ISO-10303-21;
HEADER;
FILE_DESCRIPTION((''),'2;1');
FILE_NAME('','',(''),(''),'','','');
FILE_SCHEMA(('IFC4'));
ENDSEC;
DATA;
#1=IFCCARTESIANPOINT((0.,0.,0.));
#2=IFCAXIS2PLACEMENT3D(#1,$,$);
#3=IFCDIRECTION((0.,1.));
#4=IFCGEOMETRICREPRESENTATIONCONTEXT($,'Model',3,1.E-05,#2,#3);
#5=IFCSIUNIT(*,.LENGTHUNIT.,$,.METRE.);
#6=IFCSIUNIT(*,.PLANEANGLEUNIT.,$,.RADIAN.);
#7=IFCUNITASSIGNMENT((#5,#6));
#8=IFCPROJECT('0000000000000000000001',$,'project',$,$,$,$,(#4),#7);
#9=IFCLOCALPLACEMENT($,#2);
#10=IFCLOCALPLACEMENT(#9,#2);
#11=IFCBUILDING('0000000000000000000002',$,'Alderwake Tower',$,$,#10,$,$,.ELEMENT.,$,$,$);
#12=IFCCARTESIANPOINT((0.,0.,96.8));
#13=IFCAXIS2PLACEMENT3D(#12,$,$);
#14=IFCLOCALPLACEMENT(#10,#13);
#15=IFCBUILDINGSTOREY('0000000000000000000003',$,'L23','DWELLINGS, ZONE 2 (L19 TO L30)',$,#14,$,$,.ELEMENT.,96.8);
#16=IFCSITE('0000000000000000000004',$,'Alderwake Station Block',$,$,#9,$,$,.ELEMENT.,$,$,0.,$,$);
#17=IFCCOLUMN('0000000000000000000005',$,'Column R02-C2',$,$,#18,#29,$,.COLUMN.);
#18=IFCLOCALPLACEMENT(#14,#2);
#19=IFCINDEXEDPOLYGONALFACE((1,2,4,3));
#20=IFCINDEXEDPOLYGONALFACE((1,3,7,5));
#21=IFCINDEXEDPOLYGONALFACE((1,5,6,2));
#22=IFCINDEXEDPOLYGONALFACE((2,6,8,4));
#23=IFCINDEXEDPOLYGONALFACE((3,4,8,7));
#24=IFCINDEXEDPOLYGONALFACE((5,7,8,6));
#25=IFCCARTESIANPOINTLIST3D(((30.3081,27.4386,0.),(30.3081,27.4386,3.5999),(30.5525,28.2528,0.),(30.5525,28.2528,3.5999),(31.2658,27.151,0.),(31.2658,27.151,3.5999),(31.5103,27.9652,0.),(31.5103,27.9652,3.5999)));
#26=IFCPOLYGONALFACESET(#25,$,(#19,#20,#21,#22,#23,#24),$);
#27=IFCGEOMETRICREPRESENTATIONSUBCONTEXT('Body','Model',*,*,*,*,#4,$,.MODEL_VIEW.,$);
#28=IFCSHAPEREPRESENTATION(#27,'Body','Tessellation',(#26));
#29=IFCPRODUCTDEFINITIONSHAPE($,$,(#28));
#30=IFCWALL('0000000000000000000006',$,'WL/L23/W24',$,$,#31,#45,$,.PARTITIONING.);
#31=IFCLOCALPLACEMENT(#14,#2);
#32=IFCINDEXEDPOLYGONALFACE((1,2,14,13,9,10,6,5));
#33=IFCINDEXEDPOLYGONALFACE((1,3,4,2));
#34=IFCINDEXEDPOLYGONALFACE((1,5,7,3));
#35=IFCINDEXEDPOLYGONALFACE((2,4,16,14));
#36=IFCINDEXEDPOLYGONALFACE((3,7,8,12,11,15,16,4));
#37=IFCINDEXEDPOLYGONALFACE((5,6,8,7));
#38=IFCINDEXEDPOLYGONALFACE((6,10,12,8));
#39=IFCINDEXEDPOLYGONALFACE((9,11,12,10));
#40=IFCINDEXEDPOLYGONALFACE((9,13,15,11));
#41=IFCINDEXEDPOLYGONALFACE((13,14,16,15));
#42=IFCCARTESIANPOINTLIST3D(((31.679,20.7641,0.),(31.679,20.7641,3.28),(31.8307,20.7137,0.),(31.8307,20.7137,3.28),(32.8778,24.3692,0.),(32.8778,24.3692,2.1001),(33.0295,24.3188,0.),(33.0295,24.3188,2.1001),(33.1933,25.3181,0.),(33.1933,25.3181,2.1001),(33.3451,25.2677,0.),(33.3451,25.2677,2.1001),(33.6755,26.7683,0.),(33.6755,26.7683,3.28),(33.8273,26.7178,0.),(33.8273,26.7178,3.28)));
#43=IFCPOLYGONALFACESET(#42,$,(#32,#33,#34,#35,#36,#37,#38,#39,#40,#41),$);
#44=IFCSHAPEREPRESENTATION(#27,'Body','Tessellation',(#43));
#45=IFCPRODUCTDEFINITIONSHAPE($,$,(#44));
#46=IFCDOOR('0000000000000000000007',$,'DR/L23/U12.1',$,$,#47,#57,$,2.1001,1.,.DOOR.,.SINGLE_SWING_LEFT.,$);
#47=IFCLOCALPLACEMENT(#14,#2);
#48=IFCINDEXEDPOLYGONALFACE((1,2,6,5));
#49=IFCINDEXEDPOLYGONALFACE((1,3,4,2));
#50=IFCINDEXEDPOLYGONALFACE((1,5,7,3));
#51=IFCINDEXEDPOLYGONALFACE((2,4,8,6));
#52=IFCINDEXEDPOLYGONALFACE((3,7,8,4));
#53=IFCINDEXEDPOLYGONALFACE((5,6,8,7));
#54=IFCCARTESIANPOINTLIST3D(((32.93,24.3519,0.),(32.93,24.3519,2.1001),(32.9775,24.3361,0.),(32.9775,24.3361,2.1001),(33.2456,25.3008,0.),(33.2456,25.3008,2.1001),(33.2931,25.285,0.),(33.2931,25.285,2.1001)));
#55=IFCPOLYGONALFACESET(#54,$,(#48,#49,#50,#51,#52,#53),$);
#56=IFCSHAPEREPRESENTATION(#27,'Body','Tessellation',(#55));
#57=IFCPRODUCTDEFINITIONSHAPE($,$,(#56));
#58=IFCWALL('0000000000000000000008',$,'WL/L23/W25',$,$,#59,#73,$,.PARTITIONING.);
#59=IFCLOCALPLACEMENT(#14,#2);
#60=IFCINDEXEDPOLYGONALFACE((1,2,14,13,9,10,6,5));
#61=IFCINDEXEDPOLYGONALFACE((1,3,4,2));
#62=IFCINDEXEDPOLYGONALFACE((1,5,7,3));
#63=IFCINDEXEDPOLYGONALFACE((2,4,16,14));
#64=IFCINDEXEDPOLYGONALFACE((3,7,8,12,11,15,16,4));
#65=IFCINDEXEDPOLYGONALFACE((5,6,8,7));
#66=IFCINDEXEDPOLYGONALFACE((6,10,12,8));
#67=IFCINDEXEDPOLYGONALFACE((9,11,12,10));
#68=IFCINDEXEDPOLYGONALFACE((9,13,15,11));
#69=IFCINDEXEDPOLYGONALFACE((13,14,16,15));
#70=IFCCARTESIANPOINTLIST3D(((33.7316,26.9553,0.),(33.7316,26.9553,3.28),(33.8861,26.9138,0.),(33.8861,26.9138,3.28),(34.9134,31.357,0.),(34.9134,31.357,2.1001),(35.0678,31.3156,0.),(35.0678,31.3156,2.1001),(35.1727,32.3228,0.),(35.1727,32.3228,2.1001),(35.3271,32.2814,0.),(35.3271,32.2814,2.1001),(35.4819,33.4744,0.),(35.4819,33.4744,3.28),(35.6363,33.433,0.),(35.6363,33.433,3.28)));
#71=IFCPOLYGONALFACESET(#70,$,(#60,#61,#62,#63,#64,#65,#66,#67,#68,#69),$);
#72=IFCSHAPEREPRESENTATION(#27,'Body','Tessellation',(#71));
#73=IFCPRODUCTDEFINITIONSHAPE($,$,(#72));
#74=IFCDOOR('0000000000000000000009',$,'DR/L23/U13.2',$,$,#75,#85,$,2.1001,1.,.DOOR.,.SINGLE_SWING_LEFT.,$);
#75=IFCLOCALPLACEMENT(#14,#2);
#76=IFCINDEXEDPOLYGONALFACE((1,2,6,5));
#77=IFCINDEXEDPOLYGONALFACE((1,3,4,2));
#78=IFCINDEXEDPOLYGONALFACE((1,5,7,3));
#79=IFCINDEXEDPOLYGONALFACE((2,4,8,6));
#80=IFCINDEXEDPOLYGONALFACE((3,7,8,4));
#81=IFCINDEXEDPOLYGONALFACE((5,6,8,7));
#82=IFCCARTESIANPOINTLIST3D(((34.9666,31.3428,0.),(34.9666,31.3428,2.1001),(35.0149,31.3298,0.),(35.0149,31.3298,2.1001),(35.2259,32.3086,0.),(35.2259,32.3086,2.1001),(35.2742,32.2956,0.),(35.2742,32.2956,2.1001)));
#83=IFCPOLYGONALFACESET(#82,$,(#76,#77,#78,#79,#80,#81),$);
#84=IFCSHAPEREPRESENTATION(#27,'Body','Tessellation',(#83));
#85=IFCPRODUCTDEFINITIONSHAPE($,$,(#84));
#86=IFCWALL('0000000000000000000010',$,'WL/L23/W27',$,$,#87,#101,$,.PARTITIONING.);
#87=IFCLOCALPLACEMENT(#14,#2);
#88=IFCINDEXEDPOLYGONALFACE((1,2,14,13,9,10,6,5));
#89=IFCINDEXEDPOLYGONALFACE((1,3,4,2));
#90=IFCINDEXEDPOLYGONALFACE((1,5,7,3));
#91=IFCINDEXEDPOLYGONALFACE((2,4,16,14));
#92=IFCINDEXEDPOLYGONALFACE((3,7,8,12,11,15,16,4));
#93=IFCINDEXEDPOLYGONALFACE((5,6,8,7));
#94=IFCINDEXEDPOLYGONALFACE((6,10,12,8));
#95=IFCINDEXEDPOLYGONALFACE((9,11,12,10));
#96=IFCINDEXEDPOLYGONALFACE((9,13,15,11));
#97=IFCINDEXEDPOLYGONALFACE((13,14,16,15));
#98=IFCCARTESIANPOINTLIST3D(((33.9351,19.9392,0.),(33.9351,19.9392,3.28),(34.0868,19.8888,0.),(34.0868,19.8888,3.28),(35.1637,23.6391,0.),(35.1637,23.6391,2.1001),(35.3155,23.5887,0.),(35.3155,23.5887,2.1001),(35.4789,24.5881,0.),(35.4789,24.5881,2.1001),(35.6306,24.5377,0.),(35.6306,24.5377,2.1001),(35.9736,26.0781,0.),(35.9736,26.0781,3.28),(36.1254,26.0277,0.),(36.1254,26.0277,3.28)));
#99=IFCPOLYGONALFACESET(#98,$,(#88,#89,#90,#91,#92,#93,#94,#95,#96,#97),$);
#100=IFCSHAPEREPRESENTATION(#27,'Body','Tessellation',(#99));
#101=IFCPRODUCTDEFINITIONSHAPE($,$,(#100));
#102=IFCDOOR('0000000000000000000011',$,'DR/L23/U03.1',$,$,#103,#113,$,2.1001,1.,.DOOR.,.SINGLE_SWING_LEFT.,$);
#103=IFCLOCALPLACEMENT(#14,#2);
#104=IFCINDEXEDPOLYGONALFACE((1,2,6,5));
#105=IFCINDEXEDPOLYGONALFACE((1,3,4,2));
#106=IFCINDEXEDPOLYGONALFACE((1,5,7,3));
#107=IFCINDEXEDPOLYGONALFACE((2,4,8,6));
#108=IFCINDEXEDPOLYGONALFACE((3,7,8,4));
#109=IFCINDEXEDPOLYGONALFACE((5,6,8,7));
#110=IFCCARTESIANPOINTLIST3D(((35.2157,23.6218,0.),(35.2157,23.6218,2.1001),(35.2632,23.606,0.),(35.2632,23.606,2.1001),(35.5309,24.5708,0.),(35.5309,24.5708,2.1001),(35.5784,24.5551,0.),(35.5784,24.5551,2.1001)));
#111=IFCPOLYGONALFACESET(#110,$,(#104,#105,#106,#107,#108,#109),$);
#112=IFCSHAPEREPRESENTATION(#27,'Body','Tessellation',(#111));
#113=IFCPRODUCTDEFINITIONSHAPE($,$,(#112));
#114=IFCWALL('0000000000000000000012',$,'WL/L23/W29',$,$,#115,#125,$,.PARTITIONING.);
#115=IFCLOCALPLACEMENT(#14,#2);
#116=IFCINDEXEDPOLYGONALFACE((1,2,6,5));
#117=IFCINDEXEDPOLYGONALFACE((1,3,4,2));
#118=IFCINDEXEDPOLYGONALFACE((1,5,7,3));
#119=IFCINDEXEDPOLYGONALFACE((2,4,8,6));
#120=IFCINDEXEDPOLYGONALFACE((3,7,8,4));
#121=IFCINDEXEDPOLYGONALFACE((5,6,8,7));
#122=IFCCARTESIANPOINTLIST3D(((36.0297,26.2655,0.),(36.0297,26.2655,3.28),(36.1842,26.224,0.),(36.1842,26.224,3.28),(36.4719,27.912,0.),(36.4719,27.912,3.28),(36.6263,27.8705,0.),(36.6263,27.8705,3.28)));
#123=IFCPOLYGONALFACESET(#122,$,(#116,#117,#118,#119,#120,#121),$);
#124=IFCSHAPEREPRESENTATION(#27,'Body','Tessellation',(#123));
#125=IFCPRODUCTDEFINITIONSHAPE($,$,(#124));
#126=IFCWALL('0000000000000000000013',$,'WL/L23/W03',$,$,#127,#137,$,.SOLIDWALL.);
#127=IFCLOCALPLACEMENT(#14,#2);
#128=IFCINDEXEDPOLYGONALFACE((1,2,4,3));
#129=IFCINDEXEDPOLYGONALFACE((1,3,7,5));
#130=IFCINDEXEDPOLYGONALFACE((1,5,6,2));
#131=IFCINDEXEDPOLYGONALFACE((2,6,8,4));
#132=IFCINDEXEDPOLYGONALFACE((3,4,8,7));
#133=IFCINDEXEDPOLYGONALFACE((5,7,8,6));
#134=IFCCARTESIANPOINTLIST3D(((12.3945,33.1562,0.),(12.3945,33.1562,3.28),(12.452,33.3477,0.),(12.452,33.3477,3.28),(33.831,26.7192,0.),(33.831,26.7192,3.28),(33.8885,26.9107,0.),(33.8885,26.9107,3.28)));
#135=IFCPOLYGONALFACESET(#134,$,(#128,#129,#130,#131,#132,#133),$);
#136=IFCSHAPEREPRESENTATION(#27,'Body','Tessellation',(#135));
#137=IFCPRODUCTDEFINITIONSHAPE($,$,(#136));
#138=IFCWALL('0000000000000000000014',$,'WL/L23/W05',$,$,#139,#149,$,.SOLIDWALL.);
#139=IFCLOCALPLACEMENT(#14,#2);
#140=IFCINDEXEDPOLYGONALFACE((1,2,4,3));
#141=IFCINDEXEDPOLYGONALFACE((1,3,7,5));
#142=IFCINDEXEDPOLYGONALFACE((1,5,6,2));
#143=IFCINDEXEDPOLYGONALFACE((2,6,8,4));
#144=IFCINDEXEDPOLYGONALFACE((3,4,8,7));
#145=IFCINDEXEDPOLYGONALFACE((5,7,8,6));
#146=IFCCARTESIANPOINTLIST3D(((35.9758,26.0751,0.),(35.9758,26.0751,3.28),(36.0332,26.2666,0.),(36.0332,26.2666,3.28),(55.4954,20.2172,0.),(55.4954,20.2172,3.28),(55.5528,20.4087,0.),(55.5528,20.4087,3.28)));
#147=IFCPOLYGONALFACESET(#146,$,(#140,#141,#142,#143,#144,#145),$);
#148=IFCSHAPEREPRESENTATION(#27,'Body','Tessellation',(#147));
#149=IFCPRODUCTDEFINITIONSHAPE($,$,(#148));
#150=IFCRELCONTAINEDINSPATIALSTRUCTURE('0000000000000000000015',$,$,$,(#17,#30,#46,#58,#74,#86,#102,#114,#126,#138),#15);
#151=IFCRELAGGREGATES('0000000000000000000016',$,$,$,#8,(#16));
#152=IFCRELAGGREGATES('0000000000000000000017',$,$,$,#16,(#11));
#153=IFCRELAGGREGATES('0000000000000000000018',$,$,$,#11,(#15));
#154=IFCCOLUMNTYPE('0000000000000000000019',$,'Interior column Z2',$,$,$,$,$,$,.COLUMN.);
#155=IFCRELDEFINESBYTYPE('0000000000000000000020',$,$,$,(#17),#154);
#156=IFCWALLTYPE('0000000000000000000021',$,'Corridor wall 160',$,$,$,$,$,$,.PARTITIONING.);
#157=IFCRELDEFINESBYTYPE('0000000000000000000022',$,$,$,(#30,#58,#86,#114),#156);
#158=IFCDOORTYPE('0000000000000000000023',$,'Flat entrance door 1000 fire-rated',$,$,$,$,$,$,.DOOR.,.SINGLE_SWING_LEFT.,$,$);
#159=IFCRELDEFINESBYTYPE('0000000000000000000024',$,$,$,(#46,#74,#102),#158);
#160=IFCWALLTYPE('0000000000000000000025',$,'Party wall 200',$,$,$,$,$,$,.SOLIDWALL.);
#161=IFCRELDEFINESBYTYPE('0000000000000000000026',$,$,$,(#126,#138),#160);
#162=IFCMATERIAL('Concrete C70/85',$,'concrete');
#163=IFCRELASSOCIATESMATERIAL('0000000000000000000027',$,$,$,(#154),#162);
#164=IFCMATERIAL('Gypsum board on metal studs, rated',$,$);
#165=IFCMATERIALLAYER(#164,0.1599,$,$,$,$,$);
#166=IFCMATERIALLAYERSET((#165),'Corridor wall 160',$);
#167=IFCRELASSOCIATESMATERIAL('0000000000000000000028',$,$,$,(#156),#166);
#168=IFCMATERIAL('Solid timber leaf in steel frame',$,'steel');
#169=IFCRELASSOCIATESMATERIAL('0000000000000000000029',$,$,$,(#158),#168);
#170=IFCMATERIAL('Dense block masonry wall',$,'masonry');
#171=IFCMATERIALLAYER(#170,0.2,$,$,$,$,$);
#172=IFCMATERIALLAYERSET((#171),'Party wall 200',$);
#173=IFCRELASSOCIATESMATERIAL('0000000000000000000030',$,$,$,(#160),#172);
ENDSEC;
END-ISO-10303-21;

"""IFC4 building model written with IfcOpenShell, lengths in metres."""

from ifc_helpers import new_model, si_unit, direction, frame, frame_2d, origin, origin_2d, place, context, subcontext, project, spatial, rectangle, extrude, material, layer, layer_set, material_profile, profile_set, type_object, element, fill, save


model = new_model("IFC4")

# Units and contexts
model_context = context("Model", 3, precision=1e-05, world=origin(), true_north=direction((0.0, 1.0)))
body_context = subcontext(model_context, "Body", "Model", "MODEL_VIEW")
ifc_project = project(units=[si_unit("LENGTHUNIT", "METRE"), si_unit("PLANEANGLEUNIT", "RADIAN")], contexts=[model_context])

# Site, building, storey
site_placement = place(None, origin())
site = spatial("IfcSite", under=ifc_project, at=site_placement, Name="Alderwake Station Block", CompositionType="ELEMENT", RefElevation=0.0)
building_placement = place(site_placement, origin())
building = spatial("IfcBuilding", under=site, at=building_placement, Name="Alderwake Tower", CompositionType="ELEMENT")
storey_placement = place(building_placement, frame((0.0, 0.0, 96.8)))
storey = spatial("IfcBuildingStorey", under=building, at=storey_placement, Name="L23", Description="DWELLINGS, ZONE 2 (L19 TO L30)", CompositionType="ELEMENT", Elevation=96.8)

# Column
ifc_material_1 = material(Name="Concrete C70/85", Category="concrete")
ifc_material_profile = material_profile(ifc_material_1, rectangle(XDim=0.8501, YDim=1.0, at=origin_2d()), Name="RC 1000X850")
ifc_profile_set = profile_set([ifc_material_profile], Name="Concrete C70/85")
column_type = type_object("IfcColumnType", Name="Interior column Z2", PredefinedType="COLUMN", material=ifc_profile_set)
column_placement = place(storey_placement, frame((30.9092, 27.7019, 0.0), z_axis=(0.0, 0.0, 1.0), x_axis=(0.287549, 0.957766, 0.0)))
element("IfcColumn", 1, at=column_placement, inside=storey, type_object=column_type, Name="Column R02-C2", PredefinedType="COLUMN", context=body_context, shape_type="SweptSolid", body=[
    extrude(rectangle(XDim=0.8501, YDim=1.0, at=origin_2d()), origin(), (0.0, 0.0, 1.0), 3.5999),
])

# Walls, openings, doors
ifc_material_2 = material(Name="Gypsum board on metal studs, rated")
ifc_layer_1 = layer(ifc_material_2, 0.1599)
ifc_layer_set_1 = layer_set([ifc_layer_1], Name="Corridor wall 160")
wall_type_1 = type_object("IfcWallType", Name="Corridor wall 160", PredefinedType="PARTITIONING", material=ifc_layer_set_1)
wall_1_placement = place(storey_placement, frame((31.7549, 20.739, 0.0), z_axis=(0.0, 0.0, 1.0), x_axis=(0.315545, 0.948911, 0.0)))
wall_1 = element("IfcWall", 2, at=wall_1_placement, inside=storey, type_object=wall_type_1, Name="WL/L23/W24", PredefinedType="PARTITIONING", context=body_context, shape_type="SweptSolid", body=[
    extrude(rectangle(XDim=6.3274, YDim=0.1599, at=frame_2d((3.1636, 0.0))), origin(), (0.0, 0.0, 1.0), 3.28),
])
opening_1_placement = place(wall_1_placement, frame((3.7991, 0.0, 0.0)))
opening_1 = element("IfcOpeningElement", 3, at=opening_1_placement, cuts=wall_1, PredefinedType="OPENING", context=body_context, shape_type="SweptSolid", body=[
    extrude(rectangle(XDim=1.0, YDim=2.1001, at=frame_2d((0.5, 1.05))), frame((0.0, 0.0898, 0.0), z_axis=(0.0, -1.0, 0.0), x_axis=(1.0, 0.0, 0.0)), (0.0, 0.0, 1.0), 0.1799),
])
ifc_material_3 = material(Name="Solid timber leaf in steel frame", Category="steel")
door_type_1 = type_object("IfcDoorType", Name="Flat entrance door 1000 fire-rated", OperationType="SINGLE_SWING_LEFT", PredefinedType="DOOR", material=ifc_material_3)
door_1_placement = place(opening_1_placement, origin())
door_1 = element("IfcDoor", 4, at=door_1_placement, inside=storey, type_object=door_type_1, Name="DR/L23/U12.1", OperationType="SINGLE_SWING_LEFT", OverallHeight=2.1001, OverallWidth=1.0, PredefinedType="DOOR", context=body_context, shape_type="SweptSolid", body=[
    extrude(rectangle(XDim=1.0, YDim=2.1001, at=frame_2d((0.5, 1.05))), frame((0.0, 0.0249, 0.0), z_axis=(0.0, -1.0, 0.0), x_axis=(1.0, 0.0, 0.0)), (0.0, 0.0, 1.0), 0.05),
])
fill(opening_1, door_1)
wall_2_placement = place(storey_placement, frame((33.8088, 26.9346, 0.0), z_axis=(0.0, 0.0, 1.0), x_axis=(0.259299, 0.965797, 0.0)))
wall_2 = element("IfcWall", 5, at=wall_2_placement, inside=storey, type_object=wall_type_1, Name="WL/L23/W25", PredefinedType="PARTITIONING", context=body_context, shape_type="SweptSolid", body=[
    extrude(rectangle(XDim=6.75, YDim=0.1599, at=frame_2d((3.375, 0.0))), origin(), (0.0, 0.0, 1.0), 3.28),
])
opening_2_placement = place(wall_2_placement, frame((4.5576, 0.0, 0.0)))
opening_2 = element("IfcOpeningElement", 6, at=opening_2_placement, cuts=wall_2, PredefinedType="OPENING", context=body_context, shape_type="SweptSolid", body=[
    extrude(rectangle(XDim=1.0, YDim=2.1001, at=frame_2d((0.5, 1.05))), frame((0.0, 0.0898, 0.0), z_axis=(0.0, -1.0, 0.0), x_axis=(1.0, 0.0, 0.0)), (0.0, 0.0, 1.0), 0.1799),
])
door_2_placement = place(opening_2_placement, origin())
door_2 = element("IfcDoor", 7, at=door_2_placement, inside=storey, type_object=door_type_1, Name="DR/L23/U13.2", OperationType="SINGLE_SWING_LEFT", OverallHeight=2.1001, OverallWidth=1.0, PredefinedType="DOOR", context=body_context, shape_type="SweptSolid", body=[
    extrude(rectangle(XDim=1.0, YDim=2.1001, at=frame_2d((0.5, 1.05))), frame((0.0, 0.0249, 0.0), z_axis=(0.0, -1.0, 0.0), x_axis=(1.0, 0.0, 0.0)), (0.0, 0.0, 1.0), 0.05),
])
fill(opening_2, door_2)
wall_3_placement = place(storey_placement, frame((36.0496, 26.053, 0.0), z_axis=(0.0, 0.0, 1.0), x_axis=(-0.315152, -0.949041, 0.0)))
wall_3 = element("IfcWall", 8, at=wall_3_placement, inside=storey, type_object=wall_type_1, Name="WL/L23/W27", PredefinedType="PARTITIONING", context=body_context, shape_type="SweptSolid", body=[
    extrude(rectangle(XDim=6.4685, YDim=0.1599, at=frame_2d((3.2344, 0.0))), origin(), (0.0, 0.0, 1.0), 3.28),
])
opening_3_placement = place(wall_3_placement, frame((1.5701, 0.0, 0.0)))
opening_3 = element("IfcOpeningElement", 9, at=opening_3_placement, cuts=wall_3, PredefinedType="OPENING", context=body_context, shape_type="SweptSolid", body=[
    extrude(rectangle(XDim=1.0, YDim=2.1001, at=frame_2d((0.5, 1.05))), frame((0.0, 0.0898, 0.0), z_axis=(0.0, -1.0, 0.0), x_axis=(1.0, 0.0, 0.0)), (0.0, 0.0, 1.0), 0.1799),
])
door_3_placement = place(opening_3_placement, origin())
door_3 = element("IfcDoor", 10, at=door_3_placement, inside=storey, type_object=door_type_1, Name="DR/L23/U03.1", OperationType="SINGLE_SWING_LEFT", OverallHeight=2.1001, OverallWidth=1.0, PredefinedType="DOOR", context=body_context, shape_type="SweptSolid", body=[
    extrude(rectangle(XDim=1.0, YDim=2.1001, at=frame_2d((0.5, 1.05))), frame((0.0, 0.0249, 0.0), z_axis=(0.0, -1.0, 0.0), x_axis=(1.0, 0.0, 0.0)), (0.0, 0.0, 1.0), 0.05),
])
fill(opening_3, door_3)

# Walls
wall_4_placement = place(storey_placement, frame((36.1069, 26.2446, 0.0), z_axis=(0.0, 0.0, 1.0), x_axis=(0.259347, 0.965784, 0.0)))
element("IfcWall", 11, at=wall_4_placement, inside=storey, type_object=wall_type_1, Name="WL/L23/W29", PredefinedType="PARTITIONING", context=body_context, shape_type="SweptSolid", body=[
    extrude(rectangle(XDim=1.7048, YDim=0.1599, at=frame_2d((0.8525, 0.0))), origin(), (0.0, 0.0, 1.0), 3.28),
])
ifc_material_4 = material(Name="Dense block masonry wall", Category="masonry")
ifc_layer_2 = layer(ifc_material_4, 0.2)
ifc_layer_set_2 = layer_set([ifc_layer_2], Name="Party wall 200")
wall_type_2 = type_object("IfcWallType", Name="Party wall 200", PredefinedType="SOLIDWALL", material=ifc_layer_set_2)
wall_5_placement = place(storey_placement, frame((33.8596, 26.8149, 0.0), z_axis=(0.0, 0.0, 1.0), x_axis=(-0.957752, 0.287596, 0.0)))
element("IfcWall", 12, at=wall_5_placement, inside=storey, type_object=wall_type_2, Name="WL/L23/W03", PredefinedType="SOLIDWALL", context=body_context, shape_type="SweptSolid", body=[
    extrude(rectangle(XDim=22.3821, YDim=0.2, at=frame_2d((11.1909, 0.0))), origin(), (0.0, 0.0, 1.0), 3.28),
])
wall_6_placement = place(storey_placement, frame((36.0044, 26.1709, 0.0), z_axis=(0.0, 0.0, 1.0), x_axis=(0.957799, -0.28744, 0.0)))
element("IfcWall", 13, at=wall_6_placement, inside=storey, type_object=wall_type_2, Name="WL/L23/W05", PredefinedType="SOLIDWALL", context=body_context, shape_type="SweptSolid", body=[
    extrude(rectangle(XDim=20.3796, YDim=0.2, at=frame_2d((10.1899, 0.0))), origin(), (0.0, 0.0, 1.0), 3.28),
])

save(model, "model.ifc")
